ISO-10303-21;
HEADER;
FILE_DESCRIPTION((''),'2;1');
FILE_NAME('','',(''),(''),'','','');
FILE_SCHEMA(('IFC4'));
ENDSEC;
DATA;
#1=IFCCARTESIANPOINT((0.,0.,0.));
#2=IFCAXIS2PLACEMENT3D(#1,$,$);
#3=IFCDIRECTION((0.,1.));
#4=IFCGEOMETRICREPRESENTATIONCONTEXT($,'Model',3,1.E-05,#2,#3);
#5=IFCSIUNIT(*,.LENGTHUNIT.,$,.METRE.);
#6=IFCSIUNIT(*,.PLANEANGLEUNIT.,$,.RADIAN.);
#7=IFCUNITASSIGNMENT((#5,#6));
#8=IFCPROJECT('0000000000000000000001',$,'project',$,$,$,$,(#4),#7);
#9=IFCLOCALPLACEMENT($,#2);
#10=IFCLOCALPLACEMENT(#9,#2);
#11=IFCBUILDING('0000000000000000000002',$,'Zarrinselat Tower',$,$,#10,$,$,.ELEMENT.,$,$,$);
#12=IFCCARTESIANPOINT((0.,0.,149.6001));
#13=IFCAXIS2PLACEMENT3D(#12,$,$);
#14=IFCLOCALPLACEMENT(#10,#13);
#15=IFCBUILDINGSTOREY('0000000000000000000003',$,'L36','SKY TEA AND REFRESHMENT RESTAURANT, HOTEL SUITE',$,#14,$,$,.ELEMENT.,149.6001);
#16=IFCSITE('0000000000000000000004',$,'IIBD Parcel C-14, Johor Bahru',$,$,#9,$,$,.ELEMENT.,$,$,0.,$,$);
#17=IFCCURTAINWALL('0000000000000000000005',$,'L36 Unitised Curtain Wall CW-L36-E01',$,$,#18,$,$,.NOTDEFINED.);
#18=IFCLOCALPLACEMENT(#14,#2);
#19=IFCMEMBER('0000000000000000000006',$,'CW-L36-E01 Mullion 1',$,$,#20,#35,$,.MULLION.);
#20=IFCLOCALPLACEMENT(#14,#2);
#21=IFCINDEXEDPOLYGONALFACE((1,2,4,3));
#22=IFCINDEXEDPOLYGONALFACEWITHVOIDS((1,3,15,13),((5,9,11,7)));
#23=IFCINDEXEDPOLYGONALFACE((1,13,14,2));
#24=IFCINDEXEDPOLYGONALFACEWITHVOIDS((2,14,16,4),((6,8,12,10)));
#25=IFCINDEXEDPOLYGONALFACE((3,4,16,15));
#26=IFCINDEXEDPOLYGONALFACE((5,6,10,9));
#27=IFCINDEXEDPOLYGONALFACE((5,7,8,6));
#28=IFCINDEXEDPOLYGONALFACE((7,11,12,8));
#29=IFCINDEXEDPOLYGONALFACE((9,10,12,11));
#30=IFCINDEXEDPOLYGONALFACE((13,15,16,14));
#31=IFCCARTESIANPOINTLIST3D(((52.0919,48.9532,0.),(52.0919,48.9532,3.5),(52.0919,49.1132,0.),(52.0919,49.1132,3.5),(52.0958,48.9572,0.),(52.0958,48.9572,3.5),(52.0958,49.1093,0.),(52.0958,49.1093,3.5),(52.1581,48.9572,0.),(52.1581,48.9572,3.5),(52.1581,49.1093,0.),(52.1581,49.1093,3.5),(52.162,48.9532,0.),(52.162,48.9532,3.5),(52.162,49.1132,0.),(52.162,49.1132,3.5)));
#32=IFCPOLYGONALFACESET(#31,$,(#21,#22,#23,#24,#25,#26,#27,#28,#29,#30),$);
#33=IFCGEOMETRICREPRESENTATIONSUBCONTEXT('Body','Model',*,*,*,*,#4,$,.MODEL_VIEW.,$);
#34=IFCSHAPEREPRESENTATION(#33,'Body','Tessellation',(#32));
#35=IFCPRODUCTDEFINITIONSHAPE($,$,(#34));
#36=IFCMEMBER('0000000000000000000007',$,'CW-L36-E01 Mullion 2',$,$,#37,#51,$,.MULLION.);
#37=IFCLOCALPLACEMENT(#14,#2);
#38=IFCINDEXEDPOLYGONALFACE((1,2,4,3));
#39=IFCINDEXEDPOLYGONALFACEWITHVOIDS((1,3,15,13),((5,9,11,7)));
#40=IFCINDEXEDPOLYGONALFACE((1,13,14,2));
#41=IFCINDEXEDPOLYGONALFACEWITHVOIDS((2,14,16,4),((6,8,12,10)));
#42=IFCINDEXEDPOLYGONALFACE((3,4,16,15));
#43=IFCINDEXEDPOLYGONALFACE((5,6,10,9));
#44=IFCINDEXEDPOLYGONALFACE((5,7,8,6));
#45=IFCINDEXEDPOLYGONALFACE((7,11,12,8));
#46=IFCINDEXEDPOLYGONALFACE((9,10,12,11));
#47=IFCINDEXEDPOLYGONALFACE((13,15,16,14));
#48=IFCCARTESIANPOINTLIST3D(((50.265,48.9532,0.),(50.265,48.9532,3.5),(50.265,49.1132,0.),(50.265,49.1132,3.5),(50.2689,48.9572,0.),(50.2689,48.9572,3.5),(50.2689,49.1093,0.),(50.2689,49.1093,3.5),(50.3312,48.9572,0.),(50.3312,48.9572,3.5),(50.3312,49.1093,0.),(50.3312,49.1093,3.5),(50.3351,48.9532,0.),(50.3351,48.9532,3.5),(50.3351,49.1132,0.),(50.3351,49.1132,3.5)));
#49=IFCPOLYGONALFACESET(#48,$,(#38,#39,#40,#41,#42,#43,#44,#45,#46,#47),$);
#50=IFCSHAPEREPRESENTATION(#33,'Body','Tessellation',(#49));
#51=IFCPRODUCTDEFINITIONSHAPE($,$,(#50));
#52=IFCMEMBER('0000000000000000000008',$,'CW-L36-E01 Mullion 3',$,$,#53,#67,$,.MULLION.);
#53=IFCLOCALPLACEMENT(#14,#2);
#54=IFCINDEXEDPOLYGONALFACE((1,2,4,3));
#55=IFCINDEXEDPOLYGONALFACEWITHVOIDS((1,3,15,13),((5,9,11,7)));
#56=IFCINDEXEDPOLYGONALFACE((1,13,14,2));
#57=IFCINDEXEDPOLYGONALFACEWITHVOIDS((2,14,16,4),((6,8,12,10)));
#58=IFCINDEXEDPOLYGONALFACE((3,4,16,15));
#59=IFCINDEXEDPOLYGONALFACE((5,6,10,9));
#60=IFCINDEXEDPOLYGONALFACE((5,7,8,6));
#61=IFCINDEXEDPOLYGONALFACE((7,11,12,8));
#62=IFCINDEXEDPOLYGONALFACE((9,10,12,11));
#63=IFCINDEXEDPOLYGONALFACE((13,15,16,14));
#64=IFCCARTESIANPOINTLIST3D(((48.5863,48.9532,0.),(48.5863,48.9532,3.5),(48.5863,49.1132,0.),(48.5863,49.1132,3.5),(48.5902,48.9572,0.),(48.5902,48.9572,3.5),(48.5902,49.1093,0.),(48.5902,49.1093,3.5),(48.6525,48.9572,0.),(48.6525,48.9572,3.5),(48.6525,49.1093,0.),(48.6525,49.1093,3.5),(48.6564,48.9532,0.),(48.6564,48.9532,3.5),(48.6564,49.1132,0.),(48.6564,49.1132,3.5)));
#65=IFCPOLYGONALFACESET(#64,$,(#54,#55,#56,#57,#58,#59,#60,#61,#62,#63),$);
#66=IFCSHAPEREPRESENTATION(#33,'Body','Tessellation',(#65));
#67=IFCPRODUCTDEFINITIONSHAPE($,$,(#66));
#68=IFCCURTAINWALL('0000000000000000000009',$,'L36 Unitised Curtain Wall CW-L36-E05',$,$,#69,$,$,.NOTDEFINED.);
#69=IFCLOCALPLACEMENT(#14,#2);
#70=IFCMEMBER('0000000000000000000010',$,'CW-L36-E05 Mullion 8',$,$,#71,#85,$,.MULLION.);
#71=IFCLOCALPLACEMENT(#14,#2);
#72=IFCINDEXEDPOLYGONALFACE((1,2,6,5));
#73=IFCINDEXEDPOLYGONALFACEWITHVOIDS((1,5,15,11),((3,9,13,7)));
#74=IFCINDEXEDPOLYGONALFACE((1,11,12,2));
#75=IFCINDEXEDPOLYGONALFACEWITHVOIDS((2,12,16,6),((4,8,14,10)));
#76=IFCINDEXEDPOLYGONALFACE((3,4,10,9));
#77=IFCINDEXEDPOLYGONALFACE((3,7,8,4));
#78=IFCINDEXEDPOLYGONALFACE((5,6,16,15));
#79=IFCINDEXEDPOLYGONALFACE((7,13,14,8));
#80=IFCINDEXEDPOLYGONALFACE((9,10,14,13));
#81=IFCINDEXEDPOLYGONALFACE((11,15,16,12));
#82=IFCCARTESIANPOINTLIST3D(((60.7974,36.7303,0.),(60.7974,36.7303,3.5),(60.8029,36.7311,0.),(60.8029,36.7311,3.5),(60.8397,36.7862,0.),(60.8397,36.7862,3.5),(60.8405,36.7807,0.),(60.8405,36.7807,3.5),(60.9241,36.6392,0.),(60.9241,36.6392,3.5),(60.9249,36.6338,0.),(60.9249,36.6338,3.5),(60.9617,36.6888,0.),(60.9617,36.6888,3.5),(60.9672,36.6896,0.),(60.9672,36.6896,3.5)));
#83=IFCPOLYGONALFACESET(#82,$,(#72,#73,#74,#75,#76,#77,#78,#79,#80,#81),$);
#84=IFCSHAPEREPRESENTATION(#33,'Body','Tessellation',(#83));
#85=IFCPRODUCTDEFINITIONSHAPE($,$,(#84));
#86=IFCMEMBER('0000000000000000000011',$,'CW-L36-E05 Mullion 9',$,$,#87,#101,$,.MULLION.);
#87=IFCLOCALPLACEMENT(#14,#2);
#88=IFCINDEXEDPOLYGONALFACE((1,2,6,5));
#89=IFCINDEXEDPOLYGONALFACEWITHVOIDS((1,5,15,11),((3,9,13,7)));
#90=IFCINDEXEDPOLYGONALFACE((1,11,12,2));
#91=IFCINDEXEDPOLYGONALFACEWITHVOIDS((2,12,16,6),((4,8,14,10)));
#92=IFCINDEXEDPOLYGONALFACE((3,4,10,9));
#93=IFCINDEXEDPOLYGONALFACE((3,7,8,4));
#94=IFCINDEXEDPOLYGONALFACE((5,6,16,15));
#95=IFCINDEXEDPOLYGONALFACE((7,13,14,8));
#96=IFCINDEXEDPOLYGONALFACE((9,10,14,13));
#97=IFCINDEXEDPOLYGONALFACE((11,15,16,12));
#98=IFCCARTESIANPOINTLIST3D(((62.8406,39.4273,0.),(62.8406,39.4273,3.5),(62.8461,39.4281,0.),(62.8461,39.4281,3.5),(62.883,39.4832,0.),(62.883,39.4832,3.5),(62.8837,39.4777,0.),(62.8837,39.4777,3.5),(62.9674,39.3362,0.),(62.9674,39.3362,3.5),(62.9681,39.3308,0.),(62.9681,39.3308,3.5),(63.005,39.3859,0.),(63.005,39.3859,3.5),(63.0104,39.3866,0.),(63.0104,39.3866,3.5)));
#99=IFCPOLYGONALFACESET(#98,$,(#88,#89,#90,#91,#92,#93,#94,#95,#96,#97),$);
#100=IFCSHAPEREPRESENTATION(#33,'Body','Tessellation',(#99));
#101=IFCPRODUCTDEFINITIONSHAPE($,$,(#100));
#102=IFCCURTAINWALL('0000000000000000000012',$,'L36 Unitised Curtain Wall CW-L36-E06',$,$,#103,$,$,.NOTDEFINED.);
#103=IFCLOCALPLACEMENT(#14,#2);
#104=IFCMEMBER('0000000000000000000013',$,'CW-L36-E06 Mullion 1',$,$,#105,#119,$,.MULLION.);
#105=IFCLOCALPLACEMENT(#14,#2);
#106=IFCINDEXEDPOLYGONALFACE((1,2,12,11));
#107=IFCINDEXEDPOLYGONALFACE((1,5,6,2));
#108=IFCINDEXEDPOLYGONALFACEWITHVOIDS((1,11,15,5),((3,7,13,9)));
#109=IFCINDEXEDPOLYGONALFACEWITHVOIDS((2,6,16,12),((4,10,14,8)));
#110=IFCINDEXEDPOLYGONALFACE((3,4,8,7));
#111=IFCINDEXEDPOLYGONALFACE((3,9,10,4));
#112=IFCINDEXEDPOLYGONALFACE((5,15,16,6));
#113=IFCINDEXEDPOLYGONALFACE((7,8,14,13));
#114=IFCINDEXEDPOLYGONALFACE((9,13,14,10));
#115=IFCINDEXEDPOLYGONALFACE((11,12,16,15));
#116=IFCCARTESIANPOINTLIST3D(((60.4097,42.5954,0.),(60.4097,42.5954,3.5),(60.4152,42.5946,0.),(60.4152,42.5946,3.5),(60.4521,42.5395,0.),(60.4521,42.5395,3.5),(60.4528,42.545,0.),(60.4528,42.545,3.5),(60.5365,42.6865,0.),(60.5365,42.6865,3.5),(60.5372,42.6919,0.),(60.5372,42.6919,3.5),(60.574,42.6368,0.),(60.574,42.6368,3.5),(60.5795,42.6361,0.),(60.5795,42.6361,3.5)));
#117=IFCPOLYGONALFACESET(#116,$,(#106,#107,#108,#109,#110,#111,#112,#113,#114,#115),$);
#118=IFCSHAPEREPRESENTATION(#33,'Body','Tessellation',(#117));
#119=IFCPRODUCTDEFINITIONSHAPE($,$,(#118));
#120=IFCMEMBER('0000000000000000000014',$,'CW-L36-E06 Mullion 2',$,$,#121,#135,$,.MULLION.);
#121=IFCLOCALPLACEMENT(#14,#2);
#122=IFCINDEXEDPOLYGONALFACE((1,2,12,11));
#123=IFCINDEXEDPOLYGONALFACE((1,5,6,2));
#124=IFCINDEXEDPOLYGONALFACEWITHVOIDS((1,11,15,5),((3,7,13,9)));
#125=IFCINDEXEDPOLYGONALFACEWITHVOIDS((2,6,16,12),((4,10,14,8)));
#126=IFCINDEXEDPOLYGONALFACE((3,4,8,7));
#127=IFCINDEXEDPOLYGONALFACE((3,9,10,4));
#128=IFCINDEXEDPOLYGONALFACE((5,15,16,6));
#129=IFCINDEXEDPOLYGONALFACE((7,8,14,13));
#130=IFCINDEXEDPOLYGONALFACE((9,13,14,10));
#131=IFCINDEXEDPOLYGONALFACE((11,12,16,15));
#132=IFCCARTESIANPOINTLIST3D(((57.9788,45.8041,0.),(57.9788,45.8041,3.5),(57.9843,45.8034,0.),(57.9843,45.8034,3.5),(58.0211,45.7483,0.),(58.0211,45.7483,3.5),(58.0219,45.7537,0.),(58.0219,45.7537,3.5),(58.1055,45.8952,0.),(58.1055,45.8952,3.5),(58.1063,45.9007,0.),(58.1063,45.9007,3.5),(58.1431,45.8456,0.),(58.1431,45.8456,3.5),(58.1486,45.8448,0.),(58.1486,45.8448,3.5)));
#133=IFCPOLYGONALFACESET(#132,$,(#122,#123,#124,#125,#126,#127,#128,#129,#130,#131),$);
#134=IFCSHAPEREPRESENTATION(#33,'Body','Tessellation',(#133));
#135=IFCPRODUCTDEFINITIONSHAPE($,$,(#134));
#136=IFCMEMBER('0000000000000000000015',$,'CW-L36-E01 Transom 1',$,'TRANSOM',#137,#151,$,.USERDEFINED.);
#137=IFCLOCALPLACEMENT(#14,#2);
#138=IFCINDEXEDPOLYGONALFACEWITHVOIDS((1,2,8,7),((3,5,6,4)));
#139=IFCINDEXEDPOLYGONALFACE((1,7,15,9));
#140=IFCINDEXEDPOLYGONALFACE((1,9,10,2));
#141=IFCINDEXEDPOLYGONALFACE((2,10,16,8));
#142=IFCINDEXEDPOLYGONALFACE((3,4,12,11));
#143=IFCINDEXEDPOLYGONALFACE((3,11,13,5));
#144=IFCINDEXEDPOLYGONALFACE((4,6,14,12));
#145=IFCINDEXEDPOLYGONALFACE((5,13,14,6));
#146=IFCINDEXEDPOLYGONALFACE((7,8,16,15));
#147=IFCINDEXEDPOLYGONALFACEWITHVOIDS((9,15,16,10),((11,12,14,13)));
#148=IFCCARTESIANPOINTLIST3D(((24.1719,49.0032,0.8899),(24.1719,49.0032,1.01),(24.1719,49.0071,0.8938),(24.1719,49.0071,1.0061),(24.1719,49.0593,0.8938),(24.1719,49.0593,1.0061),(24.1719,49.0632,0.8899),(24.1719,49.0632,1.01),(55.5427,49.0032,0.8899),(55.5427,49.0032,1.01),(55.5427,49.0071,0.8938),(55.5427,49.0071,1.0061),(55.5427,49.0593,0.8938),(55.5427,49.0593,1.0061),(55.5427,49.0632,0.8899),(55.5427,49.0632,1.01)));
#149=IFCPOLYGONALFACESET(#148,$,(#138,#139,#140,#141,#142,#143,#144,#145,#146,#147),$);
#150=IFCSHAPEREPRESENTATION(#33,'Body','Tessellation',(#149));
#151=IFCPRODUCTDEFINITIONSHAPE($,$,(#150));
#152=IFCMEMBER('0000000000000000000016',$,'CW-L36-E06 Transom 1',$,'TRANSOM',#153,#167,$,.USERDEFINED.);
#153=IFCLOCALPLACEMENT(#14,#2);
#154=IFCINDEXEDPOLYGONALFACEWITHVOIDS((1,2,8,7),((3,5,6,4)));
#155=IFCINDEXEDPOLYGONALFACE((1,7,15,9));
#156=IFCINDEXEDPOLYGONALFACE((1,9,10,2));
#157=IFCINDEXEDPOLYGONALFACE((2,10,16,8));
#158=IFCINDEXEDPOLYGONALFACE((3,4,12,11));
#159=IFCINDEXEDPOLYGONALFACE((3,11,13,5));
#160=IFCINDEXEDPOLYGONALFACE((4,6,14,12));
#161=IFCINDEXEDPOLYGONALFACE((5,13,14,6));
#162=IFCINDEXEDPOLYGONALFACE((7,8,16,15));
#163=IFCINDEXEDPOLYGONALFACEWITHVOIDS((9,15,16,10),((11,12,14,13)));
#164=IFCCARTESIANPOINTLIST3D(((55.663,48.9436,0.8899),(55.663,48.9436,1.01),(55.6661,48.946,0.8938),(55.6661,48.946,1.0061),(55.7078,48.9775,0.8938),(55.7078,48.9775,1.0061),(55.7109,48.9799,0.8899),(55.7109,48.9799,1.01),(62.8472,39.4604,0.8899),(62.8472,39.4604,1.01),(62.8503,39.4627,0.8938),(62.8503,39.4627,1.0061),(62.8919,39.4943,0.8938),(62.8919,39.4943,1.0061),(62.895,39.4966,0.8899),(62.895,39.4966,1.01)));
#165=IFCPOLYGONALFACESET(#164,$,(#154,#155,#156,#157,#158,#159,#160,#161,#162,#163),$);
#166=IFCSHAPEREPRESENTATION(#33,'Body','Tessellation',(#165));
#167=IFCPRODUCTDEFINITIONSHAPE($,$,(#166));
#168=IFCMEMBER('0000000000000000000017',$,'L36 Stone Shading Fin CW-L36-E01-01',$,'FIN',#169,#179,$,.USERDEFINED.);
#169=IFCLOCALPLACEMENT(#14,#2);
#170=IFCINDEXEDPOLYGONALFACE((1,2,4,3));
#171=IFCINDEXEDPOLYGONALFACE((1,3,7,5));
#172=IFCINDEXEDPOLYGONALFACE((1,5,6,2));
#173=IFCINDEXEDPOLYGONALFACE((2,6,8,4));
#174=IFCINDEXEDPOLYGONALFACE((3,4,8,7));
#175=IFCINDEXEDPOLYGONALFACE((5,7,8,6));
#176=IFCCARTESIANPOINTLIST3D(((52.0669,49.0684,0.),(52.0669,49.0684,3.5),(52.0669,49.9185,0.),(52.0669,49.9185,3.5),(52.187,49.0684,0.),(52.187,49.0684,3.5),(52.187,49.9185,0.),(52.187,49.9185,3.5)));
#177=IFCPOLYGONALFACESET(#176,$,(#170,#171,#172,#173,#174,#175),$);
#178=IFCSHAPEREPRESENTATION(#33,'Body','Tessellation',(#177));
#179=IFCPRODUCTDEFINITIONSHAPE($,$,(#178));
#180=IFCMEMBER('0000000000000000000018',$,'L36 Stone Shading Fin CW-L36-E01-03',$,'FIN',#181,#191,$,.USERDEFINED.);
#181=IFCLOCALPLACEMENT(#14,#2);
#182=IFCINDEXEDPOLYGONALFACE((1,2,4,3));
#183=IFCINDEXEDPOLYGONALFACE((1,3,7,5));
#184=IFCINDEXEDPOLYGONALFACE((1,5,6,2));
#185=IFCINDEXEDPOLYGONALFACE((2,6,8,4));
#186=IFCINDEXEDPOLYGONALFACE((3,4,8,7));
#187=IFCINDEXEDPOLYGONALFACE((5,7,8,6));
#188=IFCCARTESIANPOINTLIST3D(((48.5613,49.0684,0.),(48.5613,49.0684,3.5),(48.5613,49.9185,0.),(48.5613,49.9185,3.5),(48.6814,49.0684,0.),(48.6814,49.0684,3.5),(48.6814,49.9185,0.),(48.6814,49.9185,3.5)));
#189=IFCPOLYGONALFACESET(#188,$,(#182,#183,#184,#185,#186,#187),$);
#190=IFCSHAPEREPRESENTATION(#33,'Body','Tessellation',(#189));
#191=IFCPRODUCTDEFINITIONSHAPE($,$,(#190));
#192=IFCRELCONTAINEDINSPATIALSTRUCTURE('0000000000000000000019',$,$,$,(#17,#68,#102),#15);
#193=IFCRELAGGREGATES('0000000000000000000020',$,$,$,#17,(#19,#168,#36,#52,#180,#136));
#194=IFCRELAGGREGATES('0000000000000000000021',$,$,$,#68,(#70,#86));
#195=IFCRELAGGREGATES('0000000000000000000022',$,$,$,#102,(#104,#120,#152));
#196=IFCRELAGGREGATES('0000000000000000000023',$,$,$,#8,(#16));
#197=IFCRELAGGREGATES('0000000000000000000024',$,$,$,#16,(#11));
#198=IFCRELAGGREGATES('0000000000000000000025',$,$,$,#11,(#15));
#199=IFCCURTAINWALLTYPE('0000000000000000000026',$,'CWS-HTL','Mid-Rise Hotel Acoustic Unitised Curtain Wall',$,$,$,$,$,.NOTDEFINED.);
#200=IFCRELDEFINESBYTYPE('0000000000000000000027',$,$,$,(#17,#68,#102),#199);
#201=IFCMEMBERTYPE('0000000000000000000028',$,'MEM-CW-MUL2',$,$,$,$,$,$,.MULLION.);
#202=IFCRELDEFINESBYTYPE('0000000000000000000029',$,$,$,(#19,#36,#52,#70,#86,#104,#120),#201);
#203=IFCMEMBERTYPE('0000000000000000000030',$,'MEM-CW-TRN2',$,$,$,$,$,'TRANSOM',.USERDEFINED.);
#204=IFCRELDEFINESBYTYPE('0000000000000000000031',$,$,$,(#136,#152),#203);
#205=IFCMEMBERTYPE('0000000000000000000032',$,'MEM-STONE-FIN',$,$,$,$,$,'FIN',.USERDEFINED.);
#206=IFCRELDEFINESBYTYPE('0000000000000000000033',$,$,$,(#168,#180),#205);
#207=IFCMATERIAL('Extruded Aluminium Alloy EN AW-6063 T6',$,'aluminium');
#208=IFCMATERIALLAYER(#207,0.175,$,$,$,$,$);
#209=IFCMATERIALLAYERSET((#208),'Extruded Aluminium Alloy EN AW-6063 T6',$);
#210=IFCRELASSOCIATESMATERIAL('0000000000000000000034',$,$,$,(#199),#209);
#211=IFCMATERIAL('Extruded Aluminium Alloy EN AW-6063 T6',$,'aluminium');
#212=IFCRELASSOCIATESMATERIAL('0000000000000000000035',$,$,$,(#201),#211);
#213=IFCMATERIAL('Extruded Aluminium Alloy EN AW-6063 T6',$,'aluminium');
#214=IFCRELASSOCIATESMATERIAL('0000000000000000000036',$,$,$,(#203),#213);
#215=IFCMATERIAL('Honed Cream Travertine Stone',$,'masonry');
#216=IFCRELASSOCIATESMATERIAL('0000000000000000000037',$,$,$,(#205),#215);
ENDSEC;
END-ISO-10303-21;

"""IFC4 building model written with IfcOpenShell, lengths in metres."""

from ifc_helpers import new_model, si_unit, direction, frame, origin, origin_2d, place, context, subcontext, project, spatial, rectangle, hollow_rectangle, extrude, material, layer, layer_set, material_profile, profile_set, type_object, element, aggregate, save


model = new_model("IFC4")

# Units and contexts
model_context = context("Model", 3, precision=1e-05, world=origin(), true_north=direction((0.0, 1.0)))
body_context = subcontext(model_context, "Body", "Model", "MODEL_VIEW")
ifc_project = project(units=[si_unit("LENGTHUNIT", "METRE"), si_unit("PLANEANGLEUNIT", "RADIAN")], contexts=[model_context])

# Site, building, storey
site_placement = place(None, origin())
site = spatial("IfcSite", under=ifc_project, at=site_placement, Name="IIBD Parcel C-14, Johor Bahru", CompositionType="ELEMENT", RefElevation=0.0)
building_placement = place(site_placement, origin())
building = spatial("IfcBuilding", under=site, at=building_placement, Name="Zarrinselat Tower", CompositionType="ELEMENT")
storey_placement = place(building_placement, frame((0.0, 0.0, 149.6001)))
storey = spatial("IfcBuildingStorey", under=building, at=storey_placement, Name="L36", Description="SKY TEA AND REFRESHMENT RESTAURANT, HOTEL SUITE", CompositionType="ELEMENT", Elevation=149.6001)

# Curtain walls, members
ifc_material_1 = material(Name="Extruded Aluminium Alloy EN AW-6063 T6", Category="aluminium")
ifc_layer_1 = layer(ifc_material_1, 0.175)
ifc_layer_set_1 = layer_set([ifc_layer_1], Name="Extruded Aluminium Alloy EN AW-6063 T6")
curtain_wall_type = type_object("IfcCurtainWallType", Name="CWS-HTL", Description="Mid-Rise Hotel Acoustic Unitised Curtain Wall", PredefinedType="NOTDEFINED", material=ifc_layer_set_1)
curtain_wall_1_placement = place(storey_placement, origin())
curtain_wall_1 = element("IfcCurtainWall", 1, at=curtain_wall_1_placement, inside=storey, type_object=curtain_wall_type, Name="L36 Unitised Curtain Wall CW-L36-E01", PredefinedType="NOTDEFINED")
ifc_material_2 = material(Name="Extruded Aluminium Alloy EN AW-6063 T6", Category="aluminium")
ifc_material_profile_1 = material_profile(ifc_material_2, hollow_rectangle(XDim=0.0701, YDim=0.1599, WallThickness=0.0039, at=origin_2d()), Name="RHS 160x70x4")
ifc_profile_set_1 = profile_set([ifc_material_profile_1], Name="Extruded Aluminium Alloy EN AW-6063 T6")
member_type_1 = type_object("IfcMemberType", Name="MEM-CW-MUL2", PredefinedType="MULLION", material=ifc_profile_set_1)
member_1_placement = place(storey_placement, frame((52.127, 49.0332, 0.0), z_axis=(0.0, 0.0, 1.0), x_axis=(-1.0, 0.0, 0.0)))
member_1 = element("IfcMember", 2, at=member_1_placement, type_object=member_type_1, Name="CW-L36-E01 Mullion 1", PredefinedType="MULLION", context=body_context, shape_type="SweptSolid", body=[
    extrude(hollow_rectangle(XDim=0.0701, YDim=0.1599, WallThickness=0.0039, at=origin_2d()), origin(), (0.0, 0.0, 1.0), 3.5),
])
member_2_placement = place(storey_placement, frame((50.3, 49.0332, 0.0), z_axis=(0.0, 0.0, 1.0), x_axis=(-1.0, 0.0, 0.0)))
member_2 = element("IfcMember", 3, at=member_2_placement, type_object=member_type_1, Name="CW-L36-E01 Mullion 2", PredefinedType="MULLION", context=body_context, shape_type="SweptSolid", body=[
    extrude(hollow_rectangle(XDim=0.0701, YDim=0.1599, WallThickness=0.0039, at=origin_2d()), origin(), (0.0, 0.0, 1.0), 3.5),
])
member_3_placement = place(storey_placement, frame((48.6213, 49.0332, 0.0), z_axis=(0.0, 0.0, 1.0), x_axis=(-1.0, 0.0, 0.0)))
member_3 = element("IfcMember", 4, at=member_3_placement, type_object=member_type_1, Name="CW-L36-E01 Mullion 3", PredefinedType="MULLION", context=body_context, shape_type="SweptSolid", body=[
    extrude(hollow_rectangle(XDim=0.0701, YDim=0.1599, WallThickness=0.0039, at=origin_2d()), origin(), (0.0, 0.0, 1.0), 3.5),
])
curtain_wall_2_placement = place(storey_placement, origin())
curtain_wall_2 = element("IfcCurtainWall", 5, at=curtain_wall_2_placement, inside=storey, type_object=curtain_wall_type, Name="L36 Unitised Curtain Wall CW-L36-E05", PredefinedType="NOTDEFINED")
member_4_placement = place(storey_placement, frame((60.8823, 36.71, 0.0), z_axis=(0.0, 0.0, 1.0), x_axis=(0.603858, 0.797092, 0.0)))
member_4 = element("IfcMember", 6, at=member_4_placement, type_object=member_type_1, Name="CW-L36-E05 Mullion 8", PredefinedType="MULLION", context=body_context, shape_type="SweptSolid", body=[
    extrude(hollow_rectangle(XDim=0.0701, YDim=0.1599, WallThickness=0.0039, at=origin_2d()), origin(), (0.0, 0.0, 1.0), 3.5),
])
member_5_placement = place(storey_placement, frame((62.9255, 39.407, 0.0), z_axis=(0.0, 0.0, 1.0), x_axis=(0.603858, 0.797092, 0.0)))
member_5 = element("IfcMember", 7, at=member_5_placement, type_object=member_type_1, Name="CW-L36-E05 Mullion 9", PredefinedType="MULLION", context=body_context, shape_type="SweptSolid", body=[
    extrude(hollow_rectangle(XDim=0.0701, YDim=0.1599, WallThickness=0.0039, at=origin_2d()), origin(), (0.0, 0.0, 1.0), 3.5),
])
curtain_wall_3_placement = place(storey_placement, origin())
curtain_wall_3 = element("IfcCurtainWall", 8, at=curtain_wall_3_placement, inside=storey, type_object=curtain_wall_type, Name="L36 Unitised Curtain Wall CW-L36-E06", PredefinedType="NOTDEFINED")
member_6_placement = place(storey_placement, frame((60.4946, 42.6157, 0.0), z_axis=(0.0, 0.0, 1.0), x_axis=(-0.603862, 0.797089, 0.0)))
member_6 = element("IfcMember", 9, at=member_6_placement, type_object=member_type_1, Name="CW-L36-E06 Mullion 1", PredefinedType="MULLION", context=body_context, shape_type="SweptSolid", body=[
    extrude(hollow_rectangle(XDim=0.0701, YDim=0.1599, WallThickness=0.0039, at=origin_2d()), origin(), (0.0, 0.0, 1.0), 3.5),
])
member_7_placement = place(storey_placement, frame((58.0637, 45.8245, 0.0), z_axis=(0.0, 0.0, 1.0), x_axis=(-0.603862, 0.797089, 0.0)))
member_7 = element("IfcMember", 10, at=member_7_placement, type_object=member_type_1, Name="CW-L36-E06 Mullion 2", PredefinedType="MULLION", context=body_context, shape_type="SweptSolid", body=[
    extrude(hollow_rectangle(XDim=0.0701, YDim=0.1599, WallThickness=0.0039, at=origin_2d()), origin(), (0.0, 0.0, 1.0), 3.5),
])

# Members
ifc_material_3 = material(Name="Extruded Aluminium Alloy EN AW-6063 T6", Category="aluminium")
ifc_material_profile_2 = material_profile(ifc_material_3, hollow_rectangle(XDim=0.0601, YDim=0.1201, WallThickness=0.0039, at=origin_2d()), Name="RHS 120x60x4")
ifc_profile_set_2 = profile_set([ifc_material_profile_2], Name="Extruded Aluminium Alloy EN AW-6063 T6")
member_type_2 = type_object("IfcMemberType", Name="MEM-CW-TRN2", ElementType="TRANSOM", PredefinedType="USERDEFINED", material=ifc_profile_set_2)
member_8_placement = place(storey_placement, frame((55.5427, 49.0332, 0.95), z_axis=(-1.0, 0.0, 0.0), x_axis=(0.0, -1.0, 0.0)))
member_8 = element("IfcMember", 11, at=member_8_placement, type_object=member_type_2, Name="CW-L36-E01 Transom 1", ObjectType="TRANSOM", PredefinedType="USERDEFINED", context=body_context, shape_type="SweptSolid", body=[
    extrude(hollow_rectangle(XDim=0.0601, YDim=0.1201, WallThickness=0.0039, at=origin_2d()), origin(), (0.0, 0.0, 1.0), 31.3708),
])
member_9_placement = place(storey_placement, frame((62.8711, 39.4785, 0.95), z_axis=(-0.603851, 0.797097, 0.0), x_axis=(-0.797097, -0.603851, 0.0)))
member_9 = element("IfcMember", 12, at=member_9_placement, type_object=member_type_2, Name="CW-L36-E06 Transom 1", ObjectType="TRANSOM", PredefinedType="USERDEFINED", context=body_context, shape_type="SweptSolid", body=[
    extrude(hollow_rectangle(XDim=0.0601, YDim=0.1201, WallThickness=0.0039, at=origin_2d()), origin(), (0.0, 0.0, 1.0), 11.8972),
])
ifc_material_4 = material(Name="Honed Cream Travertine Stone", Category="masonry")
ifc_material_profile_3 = material_profile(ifc_material_4, rectangle(XDim=0.1201, YDim=0.8501, at=origin_2d()), Name="FIN 850x120")
ifc_profile_set_3 = profile_set([ifc_material_profile_3], Name="Honed Cream Travertine Stone")
member_type_3 = type_object("IfcMemberType", Name="MEM-STONE-FIN", ElementType="FIN", PredefinedType="USERDEFINED", material=ifc_profile_set_3)
member_10_placement = place(storey_placement, frame((52.127, 49.4934, 0.0), z_axis=(0.0, 0.0, 1.0), x_axis=(1.0, 0.0, 0.0)))
member_10 = element("IfcMember", 13, at=member_10_placement, type_object=member_type_3, Name="L36 Stone Shading Fin CW-L36-E01-01", ObjectType="FIN", PredefinedType="USERDEFINED", context=body_context, shape_type="SweptSolid", body=[
    extrude(rectangle(XDim=0.1201, YDim=0.8501, at=origin_2d()), origin(), (0.0, 0.0, 1.0), 3.5),
])
member_11_placement = place(storey_placement, frame((48.6213, 49.4934, 0.0), z_axis=(0.0, 0.0, 1.0), x_axis=(1.0, 0.0, 0.0)))
member_11 = element("IfcMember", 14, at=member_11_placement, type_object=member_type_3, Name="L36 Stone Shading Fin CW-L36-E01-03", ObjectType="FIN", PredefinedType="USERDEFINED", context=body_context, shape_type="SweptSolid", body=[
    extrude(rectangle(XDim=0.1201, YDim=0.8501, at=origin_2d()), origin(), (0.0, 0.0, 1.0), 3.5),
])

aggregate(curtain_wall_1, [member_1, member_10, member_2, member_3, member_11, member_8])
aggregate(curtain_wall_2, [member_4, member_5])
aggregate(curtain_wall_3, [member_6, member_7, member_9])

save(model, "model.ifc")
